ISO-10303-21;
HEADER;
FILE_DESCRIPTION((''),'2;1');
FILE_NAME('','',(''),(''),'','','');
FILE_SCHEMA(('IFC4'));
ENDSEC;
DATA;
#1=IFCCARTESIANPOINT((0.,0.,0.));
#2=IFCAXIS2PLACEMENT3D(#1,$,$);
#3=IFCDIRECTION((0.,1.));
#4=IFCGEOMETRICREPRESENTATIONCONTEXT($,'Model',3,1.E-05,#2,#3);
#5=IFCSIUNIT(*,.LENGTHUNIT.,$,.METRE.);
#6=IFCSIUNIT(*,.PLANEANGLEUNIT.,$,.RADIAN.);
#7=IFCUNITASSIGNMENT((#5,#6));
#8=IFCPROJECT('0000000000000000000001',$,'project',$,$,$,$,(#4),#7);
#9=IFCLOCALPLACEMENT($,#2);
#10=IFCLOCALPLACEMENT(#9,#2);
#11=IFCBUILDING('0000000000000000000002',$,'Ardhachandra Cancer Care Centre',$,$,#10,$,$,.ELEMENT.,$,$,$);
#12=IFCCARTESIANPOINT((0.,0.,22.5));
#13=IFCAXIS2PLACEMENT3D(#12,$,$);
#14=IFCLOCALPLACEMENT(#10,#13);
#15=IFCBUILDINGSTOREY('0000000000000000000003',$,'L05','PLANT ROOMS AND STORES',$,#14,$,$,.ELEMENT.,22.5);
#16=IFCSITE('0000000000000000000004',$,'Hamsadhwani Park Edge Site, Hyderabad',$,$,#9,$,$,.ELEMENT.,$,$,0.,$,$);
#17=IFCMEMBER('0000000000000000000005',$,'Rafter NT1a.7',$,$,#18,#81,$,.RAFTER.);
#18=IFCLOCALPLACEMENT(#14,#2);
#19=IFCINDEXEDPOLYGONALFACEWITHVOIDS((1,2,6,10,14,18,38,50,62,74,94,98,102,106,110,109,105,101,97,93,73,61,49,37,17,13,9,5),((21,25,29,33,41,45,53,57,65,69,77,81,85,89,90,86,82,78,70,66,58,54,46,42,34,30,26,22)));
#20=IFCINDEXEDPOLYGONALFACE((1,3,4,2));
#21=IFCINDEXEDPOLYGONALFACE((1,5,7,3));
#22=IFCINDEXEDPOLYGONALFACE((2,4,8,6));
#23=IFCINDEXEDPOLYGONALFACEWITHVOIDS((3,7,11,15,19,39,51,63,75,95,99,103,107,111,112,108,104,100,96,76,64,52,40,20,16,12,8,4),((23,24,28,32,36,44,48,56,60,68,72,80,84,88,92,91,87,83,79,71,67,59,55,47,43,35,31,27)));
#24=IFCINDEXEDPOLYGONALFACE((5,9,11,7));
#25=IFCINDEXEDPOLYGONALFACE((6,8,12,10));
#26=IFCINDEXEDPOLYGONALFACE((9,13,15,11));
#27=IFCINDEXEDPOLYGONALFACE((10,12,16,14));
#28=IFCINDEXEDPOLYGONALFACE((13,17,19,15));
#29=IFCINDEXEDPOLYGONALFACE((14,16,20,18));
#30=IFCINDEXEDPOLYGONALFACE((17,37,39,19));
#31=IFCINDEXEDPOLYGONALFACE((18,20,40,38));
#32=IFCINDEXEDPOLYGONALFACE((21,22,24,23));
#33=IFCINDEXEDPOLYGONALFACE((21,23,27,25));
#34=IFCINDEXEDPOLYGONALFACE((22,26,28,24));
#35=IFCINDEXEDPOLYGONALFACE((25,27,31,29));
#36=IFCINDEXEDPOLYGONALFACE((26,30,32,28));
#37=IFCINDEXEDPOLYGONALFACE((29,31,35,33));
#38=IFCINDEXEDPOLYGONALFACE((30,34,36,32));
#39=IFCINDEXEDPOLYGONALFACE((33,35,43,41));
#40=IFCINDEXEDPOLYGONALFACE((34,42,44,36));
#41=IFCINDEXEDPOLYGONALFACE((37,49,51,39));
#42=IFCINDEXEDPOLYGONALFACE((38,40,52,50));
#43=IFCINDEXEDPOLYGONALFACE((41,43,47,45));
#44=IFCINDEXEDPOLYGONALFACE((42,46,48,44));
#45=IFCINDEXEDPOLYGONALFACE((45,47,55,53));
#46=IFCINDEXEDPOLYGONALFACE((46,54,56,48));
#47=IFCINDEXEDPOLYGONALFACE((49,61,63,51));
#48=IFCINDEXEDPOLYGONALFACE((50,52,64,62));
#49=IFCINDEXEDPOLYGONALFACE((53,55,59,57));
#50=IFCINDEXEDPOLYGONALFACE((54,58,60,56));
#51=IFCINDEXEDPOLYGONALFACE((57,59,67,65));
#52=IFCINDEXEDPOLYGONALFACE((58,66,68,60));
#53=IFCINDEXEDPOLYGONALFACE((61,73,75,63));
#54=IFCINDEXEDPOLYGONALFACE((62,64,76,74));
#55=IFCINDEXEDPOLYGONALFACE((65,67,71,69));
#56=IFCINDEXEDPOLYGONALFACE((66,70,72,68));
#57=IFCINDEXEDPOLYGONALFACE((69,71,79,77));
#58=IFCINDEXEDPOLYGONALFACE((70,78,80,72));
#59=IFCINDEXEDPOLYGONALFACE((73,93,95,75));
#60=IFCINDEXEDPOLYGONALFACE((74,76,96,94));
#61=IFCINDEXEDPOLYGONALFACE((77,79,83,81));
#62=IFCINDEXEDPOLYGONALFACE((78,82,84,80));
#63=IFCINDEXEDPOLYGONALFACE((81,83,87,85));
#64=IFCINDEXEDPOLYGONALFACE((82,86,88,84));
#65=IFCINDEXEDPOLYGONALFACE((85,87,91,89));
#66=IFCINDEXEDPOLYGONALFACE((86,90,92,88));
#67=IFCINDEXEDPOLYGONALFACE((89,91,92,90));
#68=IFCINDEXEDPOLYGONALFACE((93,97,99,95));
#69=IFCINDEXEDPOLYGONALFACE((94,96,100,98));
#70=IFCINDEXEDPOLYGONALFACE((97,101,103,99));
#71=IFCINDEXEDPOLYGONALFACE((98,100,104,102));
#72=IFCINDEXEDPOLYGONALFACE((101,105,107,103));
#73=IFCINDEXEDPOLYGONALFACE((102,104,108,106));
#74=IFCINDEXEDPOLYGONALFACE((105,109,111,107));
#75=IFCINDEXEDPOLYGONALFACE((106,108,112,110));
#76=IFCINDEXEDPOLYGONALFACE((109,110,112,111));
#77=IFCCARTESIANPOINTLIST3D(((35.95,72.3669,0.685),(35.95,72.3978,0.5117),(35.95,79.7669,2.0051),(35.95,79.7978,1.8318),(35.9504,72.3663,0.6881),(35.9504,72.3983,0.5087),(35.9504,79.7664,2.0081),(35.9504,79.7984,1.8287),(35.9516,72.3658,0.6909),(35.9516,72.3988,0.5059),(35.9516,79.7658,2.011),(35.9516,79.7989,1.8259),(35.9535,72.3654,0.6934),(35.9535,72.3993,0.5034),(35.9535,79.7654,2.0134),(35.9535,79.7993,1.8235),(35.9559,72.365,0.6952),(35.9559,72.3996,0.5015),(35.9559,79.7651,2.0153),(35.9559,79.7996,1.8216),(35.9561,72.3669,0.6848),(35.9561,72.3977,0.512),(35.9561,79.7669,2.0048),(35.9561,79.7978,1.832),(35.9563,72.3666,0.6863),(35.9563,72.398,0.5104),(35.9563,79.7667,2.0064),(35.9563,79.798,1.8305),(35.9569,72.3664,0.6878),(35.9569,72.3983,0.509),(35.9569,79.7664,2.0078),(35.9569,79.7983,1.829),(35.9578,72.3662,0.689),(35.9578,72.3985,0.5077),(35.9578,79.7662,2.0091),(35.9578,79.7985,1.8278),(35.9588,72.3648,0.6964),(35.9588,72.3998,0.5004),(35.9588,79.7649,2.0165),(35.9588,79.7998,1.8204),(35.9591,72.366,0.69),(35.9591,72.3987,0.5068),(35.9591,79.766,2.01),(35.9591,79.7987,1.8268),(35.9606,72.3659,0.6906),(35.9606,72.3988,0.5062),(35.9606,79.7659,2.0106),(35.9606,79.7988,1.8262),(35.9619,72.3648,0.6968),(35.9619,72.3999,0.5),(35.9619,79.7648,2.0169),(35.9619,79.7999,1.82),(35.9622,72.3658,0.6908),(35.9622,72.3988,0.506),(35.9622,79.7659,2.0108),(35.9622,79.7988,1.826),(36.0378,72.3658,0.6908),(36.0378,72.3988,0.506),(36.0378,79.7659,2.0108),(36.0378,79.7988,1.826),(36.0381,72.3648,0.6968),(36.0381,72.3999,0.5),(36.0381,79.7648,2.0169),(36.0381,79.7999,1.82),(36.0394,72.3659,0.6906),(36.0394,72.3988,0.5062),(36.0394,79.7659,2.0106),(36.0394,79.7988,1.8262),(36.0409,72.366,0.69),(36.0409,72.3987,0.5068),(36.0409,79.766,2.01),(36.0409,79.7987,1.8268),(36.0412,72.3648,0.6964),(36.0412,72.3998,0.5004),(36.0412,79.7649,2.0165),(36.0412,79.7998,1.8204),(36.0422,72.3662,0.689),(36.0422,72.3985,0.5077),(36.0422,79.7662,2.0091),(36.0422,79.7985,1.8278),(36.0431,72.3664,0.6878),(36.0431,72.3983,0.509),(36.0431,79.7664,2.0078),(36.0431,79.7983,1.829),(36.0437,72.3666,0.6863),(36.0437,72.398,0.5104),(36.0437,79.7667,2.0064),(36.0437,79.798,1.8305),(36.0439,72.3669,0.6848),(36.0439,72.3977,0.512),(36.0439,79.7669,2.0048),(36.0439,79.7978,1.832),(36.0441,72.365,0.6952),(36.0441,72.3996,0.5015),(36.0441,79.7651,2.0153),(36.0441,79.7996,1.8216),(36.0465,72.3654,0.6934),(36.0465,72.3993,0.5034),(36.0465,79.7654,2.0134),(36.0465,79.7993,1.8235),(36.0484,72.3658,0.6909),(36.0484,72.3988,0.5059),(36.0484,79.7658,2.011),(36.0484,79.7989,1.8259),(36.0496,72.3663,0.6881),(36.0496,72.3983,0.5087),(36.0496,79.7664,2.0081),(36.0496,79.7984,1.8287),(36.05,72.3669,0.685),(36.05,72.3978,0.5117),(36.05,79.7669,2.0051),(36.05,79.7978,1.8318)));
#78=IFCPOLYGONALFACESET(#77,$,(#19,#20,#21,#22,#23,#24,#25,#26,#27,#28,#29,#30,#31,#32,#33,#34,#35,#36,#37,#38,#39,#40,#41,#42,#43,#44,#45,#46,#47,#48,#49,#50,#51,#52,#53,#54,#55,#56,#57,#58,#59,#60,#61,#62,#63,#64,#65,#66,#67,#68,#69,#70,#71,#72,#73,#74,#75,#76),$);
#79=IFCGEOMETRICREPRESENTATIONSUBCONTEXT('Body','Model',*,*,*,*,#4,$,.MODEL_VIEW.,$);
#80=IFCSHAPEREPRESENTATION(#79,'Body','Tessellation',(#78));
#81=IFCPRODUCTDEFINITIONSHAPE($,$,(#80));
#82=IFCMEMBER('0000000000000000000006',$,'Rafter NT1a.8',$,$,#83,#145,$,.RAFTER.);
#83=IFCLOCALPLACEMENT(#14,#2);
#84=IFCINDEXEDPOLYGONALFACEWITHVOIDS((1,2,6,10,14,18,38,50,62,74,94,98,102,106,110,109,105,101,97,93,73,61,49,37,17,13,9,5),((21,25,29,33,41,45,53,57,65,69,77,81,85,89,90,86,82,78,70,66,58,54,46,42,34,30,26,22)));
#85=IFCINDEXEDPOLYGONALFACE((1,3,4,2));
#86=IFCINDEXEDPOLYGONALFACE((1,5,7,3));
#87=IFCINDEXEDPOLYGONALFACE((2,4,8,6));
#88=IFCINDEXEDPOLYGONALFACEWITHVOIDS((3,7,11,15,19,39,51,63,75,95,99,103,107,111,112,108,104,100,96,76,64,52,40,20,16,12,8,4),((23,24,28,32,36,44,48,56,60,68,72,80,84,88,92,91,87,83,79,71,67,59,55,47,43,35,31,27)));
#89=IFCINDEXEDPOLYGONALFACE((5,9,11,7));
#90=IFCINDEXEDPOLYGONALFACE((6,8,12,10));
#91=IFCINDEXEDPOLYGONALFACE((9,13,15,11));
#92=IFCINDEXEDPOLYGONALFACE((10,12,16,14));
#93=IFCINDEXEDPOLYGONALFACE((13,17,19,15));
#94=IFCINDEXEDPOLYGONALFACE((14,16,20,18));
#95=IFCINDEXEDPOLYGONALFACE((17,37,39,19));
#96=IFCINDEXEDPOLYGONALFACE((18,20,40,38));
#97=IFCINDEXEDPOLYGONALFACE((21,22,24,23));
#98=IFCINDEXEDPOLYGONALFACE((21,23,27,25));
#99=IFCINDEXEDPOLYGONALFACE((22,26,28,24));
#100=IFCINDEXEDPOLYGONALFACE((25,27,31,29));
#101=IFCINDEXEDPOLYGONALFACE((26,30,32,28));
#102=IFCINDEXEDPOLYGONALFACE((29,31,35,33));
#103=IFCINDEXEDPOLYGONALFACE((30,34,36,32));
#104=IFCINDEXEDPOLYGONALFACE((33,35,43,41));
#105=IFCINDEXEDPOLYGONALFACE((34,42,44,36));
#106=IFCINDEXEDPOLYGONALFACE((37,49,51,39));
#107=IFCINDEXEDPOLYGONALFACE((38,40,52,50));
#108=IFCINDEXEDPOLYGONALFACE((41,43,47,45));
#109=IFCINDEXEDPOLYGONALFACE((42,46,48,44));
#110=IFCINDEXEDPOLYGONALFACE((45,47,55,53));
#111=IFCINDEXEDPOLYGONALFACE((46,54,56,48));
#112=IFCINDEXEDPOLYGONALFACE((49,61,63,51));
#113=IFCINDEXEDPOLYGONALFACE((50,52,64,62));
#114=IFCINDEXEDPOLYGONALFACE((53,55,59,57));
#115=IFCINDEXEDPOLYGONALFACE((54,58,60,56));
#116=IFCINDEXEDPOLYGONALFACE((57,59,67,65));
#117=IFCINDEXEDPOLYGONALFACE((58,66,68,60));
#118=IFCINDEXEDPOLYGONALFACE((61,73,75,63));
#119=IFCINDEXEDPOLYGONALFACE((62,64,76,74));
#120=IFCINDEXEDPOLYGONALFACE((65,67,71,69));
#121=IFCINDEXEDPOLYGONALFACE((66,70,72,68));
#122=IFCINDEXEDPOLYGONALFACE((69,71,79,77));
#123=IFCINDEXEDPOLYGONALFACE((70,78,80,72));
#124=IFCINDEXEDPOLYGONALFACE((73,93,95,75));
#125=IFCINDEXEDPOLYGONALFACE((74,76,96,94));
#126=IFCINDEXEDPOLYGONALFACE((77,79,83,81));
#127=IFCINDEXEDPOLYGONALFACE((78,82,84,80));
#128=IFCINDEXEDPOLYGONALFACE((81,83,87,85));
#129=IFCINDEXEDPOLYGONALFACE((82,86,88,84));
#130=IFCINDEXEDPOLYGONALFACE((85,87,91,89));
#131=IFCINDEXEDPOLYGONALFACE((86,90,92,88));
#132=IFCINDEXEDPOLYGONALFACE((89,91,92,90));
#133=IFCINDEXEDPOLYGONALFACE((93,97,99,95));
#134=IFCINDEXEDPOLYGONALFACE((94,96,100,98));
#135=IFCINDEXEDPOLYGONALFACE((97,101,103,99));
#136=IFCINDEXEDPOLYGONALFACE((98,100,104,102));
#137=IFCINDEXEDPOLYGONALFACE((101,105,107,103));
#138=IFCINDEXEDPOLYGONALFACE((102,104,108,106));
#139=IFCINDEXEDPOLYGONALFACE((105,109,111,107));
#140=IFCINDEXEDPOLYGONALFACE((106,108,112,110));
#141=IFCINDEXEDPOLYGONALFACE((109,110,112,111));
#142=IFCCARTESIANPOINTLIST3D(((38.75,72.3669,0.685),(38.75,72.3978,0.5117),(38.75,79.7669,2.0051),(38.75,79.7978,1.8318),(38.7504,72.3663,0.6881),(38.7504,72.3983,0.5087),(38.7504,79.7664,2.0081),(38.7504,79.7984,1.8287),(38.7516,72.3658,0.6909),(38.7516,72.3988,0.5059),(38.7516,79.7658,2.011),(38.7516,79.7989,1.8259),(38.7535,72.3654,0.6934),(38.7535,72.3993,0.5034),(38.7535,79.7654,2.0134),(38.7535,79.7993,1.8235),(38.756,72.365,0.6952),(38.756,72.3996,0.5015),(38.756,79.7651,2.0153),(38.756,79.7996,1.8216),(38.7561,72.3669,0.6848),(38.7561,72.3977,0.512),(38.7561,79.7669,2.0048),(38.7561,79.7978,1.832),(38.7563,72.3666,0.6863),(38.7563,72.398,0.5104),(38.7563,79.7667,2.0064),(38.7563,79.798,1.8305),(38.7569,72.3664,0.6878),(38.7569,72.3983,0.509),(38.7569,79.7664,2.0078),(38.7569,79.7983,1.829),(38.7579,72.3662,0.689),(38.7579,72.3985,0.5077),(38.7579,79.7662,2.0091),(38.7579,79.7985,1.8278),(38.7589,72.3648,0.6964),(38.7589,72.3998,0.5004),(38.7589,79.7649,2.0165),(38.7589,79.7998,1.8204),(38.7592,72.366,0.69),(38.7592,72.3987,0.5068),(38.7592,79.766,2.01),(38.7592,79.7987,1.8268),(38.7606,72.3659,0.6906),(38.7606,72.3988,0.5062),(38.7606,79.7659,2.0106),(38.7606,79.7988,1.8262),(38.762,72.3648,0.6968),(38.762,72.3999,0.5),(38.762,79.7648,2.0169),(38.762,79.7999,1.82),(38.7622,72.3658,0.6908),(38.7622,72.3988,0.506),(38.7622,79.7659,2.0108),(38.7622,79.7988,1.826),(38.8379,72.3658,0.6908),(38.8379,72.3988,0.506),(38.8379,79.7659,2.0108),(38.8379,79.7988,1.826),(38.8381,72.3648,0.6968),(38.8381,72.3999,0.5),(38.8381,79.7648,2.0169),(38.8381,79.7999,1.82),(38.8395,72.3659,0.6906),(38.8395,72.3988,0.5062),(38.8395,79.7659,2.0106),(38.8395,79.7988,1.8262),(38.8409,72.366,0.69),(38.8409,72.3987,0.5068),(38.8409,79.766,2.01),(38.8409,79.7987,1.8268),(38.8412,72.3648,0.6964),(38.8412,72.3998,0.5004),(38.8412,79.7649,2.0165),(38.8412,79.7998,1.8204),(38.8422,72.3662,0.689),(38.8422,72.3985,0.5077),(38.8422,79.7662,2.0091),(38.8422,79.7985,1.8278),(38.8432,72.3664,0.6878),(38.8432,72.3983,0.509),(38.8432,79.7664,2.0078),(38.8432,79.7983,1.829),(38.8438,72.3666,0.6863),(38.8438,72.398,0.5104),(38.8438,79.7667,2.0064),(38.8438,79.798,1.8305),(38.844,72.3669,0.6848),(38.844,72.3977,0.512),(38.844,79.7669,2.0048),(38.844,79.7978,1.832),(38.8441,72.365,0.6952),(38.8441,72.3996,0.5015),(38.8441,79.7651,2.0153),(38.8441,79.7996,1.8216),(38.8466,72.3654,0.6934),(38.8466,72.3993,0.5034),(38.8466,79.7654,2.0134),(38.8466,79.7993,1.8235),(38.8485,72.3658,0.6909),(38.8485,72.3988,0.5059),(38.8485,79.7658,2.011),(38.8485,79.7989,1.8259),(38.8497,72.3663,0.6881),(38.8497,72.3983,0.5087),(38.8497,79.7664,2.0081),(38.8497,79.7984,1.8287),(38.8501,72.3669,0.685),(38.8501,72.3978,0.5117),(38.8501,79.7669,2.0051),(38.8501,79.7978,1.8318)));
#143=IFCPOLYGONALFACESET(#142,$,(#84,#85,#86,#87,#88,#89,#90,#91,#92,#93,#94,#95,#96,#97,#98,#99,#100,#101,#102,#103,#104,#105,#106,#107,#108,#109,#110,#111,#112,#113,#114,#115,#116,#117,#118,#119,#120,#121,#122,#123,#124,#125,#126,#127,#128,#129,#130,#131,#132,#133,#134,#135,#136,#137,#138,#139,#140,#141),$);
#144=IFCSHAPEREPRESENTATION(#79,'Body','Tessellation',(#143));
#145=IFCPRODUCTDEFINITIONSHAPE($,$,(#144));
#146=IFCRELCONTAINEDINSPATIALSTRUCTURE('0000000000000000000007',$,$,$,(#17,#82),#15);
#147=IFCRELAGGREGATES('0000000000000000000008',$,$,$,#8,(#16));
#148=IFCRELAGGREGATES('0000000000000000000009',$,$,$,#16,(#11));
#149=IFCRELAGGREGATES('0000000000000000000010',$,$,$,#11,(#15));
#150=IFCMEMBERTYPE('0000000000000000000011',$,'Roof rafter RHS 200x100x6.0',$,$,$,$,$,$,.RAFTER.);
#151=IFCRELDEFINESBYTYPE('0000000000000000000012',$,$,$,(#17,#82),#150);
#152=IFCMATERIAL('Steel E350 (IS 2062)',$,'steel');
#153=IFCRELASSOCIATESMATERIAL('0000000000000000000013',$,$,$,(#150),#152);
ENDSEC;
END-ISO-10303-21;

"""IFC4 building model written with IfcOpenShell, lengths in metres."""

from ifc_helpers import new_model, si_unit, direction, frame, origin, origin_2d, place, context, subcontext, project, spatial, hollow_rectangle, extrude, material, material_profile, profile_set, type_object, element, save


model = new_model("IFC4")

# Units and contexts
model_context = context("Model", 3, precision=1e-05, world=origin(), true_north=direction((0.0, 1.0)))
body_context = subcontext(model_context, "Body", "Model", "MODEL_VIEW")
ifc_project = project(units=[si_unit("LENGTHUNIT", "METRE"), si_unit("PLANEANGLEUNIT", "RADIAN")], contexts=[model_context])

# Site, building, storey
site_placement = place(None, origin())
site = spatial("IfcSite", under=ifc_project, at=site_placement, Name="Hamsadhwani Park Edge Site, Hyderabad", CompositionType="ELEMENT", RefElevation=0.0)
building_placement = place(site_placement, origin())
building = spatial("IfcBuilding", under=site, at=building_placement, Name="Ardhachandra Cancer Care Centre", CompositionType="ELEMENT")
storey_placement = place(building_placement, frame((0.0, 0.0, 22.5)))
storey = spatial("IfcBuildingStorey", under=building, at=storey_placement, Name="L05", Description="PLANT ROOMS AND STORES", CompositionType="ELEMENT", Elevation=22.5)

# Members
ifc_material_1 = material(Name="Steel E350 (IS 2062)", Category="steel")
ifc_material_profile_1 = material_profile(ifc_material_1, hollow_rectangle(XDim=0.1001, YDim=0.2, WallThickness=0.0061, InnerFilletRadius=0.0061, OuterFilletRadius=0.012, at=origin_2d()), Name="RHS 200x100x6.0")
ifc_profile_set_1 = profile_set([ifc_material_profile_1], Name="Steel E350 (IS 2062)")
member_type_1 = type_object("IfcMemberType", Name="Roof rafter RHS 200x100x6.0", PredefinedType="RAFTER", material=ifc_profile_set_1)
for number, where, z_axis, x_axis, name in (
    (1, (36.0, 72.3823, 0.5984), (0.0, 0.984459, 0.175612), (-1.0, 0.0, 0.0), "Rafter NT1a.7"),
    (2, (38.8, 72.3823, 0.5984), (0.0, 0.984459, 0.175612), (-1.0, 0.0, 0.0), "Rafter NT1a.8"),
):
    element("IfcMember", number, at=place(storey_placement, frame(where, z_axis=z_axis, x_axis=x_axis)), inside=storey, type_object=member_type_1, Name=name, PredefinedType="RAFTER", context=body_context, shape_type="SweptSolid", body=[
        extrude(hollow_rectangle(XDim=0.1001, YDim=0.2, WallThickness=0.0061, InnerFilletRadius=0.0061, OuterFilletRadius=0.012, at=origin_2d()), origin(), (0.0, 0.0, 1.0), 7.5168),
    ])

save(model, "model.ifc")
